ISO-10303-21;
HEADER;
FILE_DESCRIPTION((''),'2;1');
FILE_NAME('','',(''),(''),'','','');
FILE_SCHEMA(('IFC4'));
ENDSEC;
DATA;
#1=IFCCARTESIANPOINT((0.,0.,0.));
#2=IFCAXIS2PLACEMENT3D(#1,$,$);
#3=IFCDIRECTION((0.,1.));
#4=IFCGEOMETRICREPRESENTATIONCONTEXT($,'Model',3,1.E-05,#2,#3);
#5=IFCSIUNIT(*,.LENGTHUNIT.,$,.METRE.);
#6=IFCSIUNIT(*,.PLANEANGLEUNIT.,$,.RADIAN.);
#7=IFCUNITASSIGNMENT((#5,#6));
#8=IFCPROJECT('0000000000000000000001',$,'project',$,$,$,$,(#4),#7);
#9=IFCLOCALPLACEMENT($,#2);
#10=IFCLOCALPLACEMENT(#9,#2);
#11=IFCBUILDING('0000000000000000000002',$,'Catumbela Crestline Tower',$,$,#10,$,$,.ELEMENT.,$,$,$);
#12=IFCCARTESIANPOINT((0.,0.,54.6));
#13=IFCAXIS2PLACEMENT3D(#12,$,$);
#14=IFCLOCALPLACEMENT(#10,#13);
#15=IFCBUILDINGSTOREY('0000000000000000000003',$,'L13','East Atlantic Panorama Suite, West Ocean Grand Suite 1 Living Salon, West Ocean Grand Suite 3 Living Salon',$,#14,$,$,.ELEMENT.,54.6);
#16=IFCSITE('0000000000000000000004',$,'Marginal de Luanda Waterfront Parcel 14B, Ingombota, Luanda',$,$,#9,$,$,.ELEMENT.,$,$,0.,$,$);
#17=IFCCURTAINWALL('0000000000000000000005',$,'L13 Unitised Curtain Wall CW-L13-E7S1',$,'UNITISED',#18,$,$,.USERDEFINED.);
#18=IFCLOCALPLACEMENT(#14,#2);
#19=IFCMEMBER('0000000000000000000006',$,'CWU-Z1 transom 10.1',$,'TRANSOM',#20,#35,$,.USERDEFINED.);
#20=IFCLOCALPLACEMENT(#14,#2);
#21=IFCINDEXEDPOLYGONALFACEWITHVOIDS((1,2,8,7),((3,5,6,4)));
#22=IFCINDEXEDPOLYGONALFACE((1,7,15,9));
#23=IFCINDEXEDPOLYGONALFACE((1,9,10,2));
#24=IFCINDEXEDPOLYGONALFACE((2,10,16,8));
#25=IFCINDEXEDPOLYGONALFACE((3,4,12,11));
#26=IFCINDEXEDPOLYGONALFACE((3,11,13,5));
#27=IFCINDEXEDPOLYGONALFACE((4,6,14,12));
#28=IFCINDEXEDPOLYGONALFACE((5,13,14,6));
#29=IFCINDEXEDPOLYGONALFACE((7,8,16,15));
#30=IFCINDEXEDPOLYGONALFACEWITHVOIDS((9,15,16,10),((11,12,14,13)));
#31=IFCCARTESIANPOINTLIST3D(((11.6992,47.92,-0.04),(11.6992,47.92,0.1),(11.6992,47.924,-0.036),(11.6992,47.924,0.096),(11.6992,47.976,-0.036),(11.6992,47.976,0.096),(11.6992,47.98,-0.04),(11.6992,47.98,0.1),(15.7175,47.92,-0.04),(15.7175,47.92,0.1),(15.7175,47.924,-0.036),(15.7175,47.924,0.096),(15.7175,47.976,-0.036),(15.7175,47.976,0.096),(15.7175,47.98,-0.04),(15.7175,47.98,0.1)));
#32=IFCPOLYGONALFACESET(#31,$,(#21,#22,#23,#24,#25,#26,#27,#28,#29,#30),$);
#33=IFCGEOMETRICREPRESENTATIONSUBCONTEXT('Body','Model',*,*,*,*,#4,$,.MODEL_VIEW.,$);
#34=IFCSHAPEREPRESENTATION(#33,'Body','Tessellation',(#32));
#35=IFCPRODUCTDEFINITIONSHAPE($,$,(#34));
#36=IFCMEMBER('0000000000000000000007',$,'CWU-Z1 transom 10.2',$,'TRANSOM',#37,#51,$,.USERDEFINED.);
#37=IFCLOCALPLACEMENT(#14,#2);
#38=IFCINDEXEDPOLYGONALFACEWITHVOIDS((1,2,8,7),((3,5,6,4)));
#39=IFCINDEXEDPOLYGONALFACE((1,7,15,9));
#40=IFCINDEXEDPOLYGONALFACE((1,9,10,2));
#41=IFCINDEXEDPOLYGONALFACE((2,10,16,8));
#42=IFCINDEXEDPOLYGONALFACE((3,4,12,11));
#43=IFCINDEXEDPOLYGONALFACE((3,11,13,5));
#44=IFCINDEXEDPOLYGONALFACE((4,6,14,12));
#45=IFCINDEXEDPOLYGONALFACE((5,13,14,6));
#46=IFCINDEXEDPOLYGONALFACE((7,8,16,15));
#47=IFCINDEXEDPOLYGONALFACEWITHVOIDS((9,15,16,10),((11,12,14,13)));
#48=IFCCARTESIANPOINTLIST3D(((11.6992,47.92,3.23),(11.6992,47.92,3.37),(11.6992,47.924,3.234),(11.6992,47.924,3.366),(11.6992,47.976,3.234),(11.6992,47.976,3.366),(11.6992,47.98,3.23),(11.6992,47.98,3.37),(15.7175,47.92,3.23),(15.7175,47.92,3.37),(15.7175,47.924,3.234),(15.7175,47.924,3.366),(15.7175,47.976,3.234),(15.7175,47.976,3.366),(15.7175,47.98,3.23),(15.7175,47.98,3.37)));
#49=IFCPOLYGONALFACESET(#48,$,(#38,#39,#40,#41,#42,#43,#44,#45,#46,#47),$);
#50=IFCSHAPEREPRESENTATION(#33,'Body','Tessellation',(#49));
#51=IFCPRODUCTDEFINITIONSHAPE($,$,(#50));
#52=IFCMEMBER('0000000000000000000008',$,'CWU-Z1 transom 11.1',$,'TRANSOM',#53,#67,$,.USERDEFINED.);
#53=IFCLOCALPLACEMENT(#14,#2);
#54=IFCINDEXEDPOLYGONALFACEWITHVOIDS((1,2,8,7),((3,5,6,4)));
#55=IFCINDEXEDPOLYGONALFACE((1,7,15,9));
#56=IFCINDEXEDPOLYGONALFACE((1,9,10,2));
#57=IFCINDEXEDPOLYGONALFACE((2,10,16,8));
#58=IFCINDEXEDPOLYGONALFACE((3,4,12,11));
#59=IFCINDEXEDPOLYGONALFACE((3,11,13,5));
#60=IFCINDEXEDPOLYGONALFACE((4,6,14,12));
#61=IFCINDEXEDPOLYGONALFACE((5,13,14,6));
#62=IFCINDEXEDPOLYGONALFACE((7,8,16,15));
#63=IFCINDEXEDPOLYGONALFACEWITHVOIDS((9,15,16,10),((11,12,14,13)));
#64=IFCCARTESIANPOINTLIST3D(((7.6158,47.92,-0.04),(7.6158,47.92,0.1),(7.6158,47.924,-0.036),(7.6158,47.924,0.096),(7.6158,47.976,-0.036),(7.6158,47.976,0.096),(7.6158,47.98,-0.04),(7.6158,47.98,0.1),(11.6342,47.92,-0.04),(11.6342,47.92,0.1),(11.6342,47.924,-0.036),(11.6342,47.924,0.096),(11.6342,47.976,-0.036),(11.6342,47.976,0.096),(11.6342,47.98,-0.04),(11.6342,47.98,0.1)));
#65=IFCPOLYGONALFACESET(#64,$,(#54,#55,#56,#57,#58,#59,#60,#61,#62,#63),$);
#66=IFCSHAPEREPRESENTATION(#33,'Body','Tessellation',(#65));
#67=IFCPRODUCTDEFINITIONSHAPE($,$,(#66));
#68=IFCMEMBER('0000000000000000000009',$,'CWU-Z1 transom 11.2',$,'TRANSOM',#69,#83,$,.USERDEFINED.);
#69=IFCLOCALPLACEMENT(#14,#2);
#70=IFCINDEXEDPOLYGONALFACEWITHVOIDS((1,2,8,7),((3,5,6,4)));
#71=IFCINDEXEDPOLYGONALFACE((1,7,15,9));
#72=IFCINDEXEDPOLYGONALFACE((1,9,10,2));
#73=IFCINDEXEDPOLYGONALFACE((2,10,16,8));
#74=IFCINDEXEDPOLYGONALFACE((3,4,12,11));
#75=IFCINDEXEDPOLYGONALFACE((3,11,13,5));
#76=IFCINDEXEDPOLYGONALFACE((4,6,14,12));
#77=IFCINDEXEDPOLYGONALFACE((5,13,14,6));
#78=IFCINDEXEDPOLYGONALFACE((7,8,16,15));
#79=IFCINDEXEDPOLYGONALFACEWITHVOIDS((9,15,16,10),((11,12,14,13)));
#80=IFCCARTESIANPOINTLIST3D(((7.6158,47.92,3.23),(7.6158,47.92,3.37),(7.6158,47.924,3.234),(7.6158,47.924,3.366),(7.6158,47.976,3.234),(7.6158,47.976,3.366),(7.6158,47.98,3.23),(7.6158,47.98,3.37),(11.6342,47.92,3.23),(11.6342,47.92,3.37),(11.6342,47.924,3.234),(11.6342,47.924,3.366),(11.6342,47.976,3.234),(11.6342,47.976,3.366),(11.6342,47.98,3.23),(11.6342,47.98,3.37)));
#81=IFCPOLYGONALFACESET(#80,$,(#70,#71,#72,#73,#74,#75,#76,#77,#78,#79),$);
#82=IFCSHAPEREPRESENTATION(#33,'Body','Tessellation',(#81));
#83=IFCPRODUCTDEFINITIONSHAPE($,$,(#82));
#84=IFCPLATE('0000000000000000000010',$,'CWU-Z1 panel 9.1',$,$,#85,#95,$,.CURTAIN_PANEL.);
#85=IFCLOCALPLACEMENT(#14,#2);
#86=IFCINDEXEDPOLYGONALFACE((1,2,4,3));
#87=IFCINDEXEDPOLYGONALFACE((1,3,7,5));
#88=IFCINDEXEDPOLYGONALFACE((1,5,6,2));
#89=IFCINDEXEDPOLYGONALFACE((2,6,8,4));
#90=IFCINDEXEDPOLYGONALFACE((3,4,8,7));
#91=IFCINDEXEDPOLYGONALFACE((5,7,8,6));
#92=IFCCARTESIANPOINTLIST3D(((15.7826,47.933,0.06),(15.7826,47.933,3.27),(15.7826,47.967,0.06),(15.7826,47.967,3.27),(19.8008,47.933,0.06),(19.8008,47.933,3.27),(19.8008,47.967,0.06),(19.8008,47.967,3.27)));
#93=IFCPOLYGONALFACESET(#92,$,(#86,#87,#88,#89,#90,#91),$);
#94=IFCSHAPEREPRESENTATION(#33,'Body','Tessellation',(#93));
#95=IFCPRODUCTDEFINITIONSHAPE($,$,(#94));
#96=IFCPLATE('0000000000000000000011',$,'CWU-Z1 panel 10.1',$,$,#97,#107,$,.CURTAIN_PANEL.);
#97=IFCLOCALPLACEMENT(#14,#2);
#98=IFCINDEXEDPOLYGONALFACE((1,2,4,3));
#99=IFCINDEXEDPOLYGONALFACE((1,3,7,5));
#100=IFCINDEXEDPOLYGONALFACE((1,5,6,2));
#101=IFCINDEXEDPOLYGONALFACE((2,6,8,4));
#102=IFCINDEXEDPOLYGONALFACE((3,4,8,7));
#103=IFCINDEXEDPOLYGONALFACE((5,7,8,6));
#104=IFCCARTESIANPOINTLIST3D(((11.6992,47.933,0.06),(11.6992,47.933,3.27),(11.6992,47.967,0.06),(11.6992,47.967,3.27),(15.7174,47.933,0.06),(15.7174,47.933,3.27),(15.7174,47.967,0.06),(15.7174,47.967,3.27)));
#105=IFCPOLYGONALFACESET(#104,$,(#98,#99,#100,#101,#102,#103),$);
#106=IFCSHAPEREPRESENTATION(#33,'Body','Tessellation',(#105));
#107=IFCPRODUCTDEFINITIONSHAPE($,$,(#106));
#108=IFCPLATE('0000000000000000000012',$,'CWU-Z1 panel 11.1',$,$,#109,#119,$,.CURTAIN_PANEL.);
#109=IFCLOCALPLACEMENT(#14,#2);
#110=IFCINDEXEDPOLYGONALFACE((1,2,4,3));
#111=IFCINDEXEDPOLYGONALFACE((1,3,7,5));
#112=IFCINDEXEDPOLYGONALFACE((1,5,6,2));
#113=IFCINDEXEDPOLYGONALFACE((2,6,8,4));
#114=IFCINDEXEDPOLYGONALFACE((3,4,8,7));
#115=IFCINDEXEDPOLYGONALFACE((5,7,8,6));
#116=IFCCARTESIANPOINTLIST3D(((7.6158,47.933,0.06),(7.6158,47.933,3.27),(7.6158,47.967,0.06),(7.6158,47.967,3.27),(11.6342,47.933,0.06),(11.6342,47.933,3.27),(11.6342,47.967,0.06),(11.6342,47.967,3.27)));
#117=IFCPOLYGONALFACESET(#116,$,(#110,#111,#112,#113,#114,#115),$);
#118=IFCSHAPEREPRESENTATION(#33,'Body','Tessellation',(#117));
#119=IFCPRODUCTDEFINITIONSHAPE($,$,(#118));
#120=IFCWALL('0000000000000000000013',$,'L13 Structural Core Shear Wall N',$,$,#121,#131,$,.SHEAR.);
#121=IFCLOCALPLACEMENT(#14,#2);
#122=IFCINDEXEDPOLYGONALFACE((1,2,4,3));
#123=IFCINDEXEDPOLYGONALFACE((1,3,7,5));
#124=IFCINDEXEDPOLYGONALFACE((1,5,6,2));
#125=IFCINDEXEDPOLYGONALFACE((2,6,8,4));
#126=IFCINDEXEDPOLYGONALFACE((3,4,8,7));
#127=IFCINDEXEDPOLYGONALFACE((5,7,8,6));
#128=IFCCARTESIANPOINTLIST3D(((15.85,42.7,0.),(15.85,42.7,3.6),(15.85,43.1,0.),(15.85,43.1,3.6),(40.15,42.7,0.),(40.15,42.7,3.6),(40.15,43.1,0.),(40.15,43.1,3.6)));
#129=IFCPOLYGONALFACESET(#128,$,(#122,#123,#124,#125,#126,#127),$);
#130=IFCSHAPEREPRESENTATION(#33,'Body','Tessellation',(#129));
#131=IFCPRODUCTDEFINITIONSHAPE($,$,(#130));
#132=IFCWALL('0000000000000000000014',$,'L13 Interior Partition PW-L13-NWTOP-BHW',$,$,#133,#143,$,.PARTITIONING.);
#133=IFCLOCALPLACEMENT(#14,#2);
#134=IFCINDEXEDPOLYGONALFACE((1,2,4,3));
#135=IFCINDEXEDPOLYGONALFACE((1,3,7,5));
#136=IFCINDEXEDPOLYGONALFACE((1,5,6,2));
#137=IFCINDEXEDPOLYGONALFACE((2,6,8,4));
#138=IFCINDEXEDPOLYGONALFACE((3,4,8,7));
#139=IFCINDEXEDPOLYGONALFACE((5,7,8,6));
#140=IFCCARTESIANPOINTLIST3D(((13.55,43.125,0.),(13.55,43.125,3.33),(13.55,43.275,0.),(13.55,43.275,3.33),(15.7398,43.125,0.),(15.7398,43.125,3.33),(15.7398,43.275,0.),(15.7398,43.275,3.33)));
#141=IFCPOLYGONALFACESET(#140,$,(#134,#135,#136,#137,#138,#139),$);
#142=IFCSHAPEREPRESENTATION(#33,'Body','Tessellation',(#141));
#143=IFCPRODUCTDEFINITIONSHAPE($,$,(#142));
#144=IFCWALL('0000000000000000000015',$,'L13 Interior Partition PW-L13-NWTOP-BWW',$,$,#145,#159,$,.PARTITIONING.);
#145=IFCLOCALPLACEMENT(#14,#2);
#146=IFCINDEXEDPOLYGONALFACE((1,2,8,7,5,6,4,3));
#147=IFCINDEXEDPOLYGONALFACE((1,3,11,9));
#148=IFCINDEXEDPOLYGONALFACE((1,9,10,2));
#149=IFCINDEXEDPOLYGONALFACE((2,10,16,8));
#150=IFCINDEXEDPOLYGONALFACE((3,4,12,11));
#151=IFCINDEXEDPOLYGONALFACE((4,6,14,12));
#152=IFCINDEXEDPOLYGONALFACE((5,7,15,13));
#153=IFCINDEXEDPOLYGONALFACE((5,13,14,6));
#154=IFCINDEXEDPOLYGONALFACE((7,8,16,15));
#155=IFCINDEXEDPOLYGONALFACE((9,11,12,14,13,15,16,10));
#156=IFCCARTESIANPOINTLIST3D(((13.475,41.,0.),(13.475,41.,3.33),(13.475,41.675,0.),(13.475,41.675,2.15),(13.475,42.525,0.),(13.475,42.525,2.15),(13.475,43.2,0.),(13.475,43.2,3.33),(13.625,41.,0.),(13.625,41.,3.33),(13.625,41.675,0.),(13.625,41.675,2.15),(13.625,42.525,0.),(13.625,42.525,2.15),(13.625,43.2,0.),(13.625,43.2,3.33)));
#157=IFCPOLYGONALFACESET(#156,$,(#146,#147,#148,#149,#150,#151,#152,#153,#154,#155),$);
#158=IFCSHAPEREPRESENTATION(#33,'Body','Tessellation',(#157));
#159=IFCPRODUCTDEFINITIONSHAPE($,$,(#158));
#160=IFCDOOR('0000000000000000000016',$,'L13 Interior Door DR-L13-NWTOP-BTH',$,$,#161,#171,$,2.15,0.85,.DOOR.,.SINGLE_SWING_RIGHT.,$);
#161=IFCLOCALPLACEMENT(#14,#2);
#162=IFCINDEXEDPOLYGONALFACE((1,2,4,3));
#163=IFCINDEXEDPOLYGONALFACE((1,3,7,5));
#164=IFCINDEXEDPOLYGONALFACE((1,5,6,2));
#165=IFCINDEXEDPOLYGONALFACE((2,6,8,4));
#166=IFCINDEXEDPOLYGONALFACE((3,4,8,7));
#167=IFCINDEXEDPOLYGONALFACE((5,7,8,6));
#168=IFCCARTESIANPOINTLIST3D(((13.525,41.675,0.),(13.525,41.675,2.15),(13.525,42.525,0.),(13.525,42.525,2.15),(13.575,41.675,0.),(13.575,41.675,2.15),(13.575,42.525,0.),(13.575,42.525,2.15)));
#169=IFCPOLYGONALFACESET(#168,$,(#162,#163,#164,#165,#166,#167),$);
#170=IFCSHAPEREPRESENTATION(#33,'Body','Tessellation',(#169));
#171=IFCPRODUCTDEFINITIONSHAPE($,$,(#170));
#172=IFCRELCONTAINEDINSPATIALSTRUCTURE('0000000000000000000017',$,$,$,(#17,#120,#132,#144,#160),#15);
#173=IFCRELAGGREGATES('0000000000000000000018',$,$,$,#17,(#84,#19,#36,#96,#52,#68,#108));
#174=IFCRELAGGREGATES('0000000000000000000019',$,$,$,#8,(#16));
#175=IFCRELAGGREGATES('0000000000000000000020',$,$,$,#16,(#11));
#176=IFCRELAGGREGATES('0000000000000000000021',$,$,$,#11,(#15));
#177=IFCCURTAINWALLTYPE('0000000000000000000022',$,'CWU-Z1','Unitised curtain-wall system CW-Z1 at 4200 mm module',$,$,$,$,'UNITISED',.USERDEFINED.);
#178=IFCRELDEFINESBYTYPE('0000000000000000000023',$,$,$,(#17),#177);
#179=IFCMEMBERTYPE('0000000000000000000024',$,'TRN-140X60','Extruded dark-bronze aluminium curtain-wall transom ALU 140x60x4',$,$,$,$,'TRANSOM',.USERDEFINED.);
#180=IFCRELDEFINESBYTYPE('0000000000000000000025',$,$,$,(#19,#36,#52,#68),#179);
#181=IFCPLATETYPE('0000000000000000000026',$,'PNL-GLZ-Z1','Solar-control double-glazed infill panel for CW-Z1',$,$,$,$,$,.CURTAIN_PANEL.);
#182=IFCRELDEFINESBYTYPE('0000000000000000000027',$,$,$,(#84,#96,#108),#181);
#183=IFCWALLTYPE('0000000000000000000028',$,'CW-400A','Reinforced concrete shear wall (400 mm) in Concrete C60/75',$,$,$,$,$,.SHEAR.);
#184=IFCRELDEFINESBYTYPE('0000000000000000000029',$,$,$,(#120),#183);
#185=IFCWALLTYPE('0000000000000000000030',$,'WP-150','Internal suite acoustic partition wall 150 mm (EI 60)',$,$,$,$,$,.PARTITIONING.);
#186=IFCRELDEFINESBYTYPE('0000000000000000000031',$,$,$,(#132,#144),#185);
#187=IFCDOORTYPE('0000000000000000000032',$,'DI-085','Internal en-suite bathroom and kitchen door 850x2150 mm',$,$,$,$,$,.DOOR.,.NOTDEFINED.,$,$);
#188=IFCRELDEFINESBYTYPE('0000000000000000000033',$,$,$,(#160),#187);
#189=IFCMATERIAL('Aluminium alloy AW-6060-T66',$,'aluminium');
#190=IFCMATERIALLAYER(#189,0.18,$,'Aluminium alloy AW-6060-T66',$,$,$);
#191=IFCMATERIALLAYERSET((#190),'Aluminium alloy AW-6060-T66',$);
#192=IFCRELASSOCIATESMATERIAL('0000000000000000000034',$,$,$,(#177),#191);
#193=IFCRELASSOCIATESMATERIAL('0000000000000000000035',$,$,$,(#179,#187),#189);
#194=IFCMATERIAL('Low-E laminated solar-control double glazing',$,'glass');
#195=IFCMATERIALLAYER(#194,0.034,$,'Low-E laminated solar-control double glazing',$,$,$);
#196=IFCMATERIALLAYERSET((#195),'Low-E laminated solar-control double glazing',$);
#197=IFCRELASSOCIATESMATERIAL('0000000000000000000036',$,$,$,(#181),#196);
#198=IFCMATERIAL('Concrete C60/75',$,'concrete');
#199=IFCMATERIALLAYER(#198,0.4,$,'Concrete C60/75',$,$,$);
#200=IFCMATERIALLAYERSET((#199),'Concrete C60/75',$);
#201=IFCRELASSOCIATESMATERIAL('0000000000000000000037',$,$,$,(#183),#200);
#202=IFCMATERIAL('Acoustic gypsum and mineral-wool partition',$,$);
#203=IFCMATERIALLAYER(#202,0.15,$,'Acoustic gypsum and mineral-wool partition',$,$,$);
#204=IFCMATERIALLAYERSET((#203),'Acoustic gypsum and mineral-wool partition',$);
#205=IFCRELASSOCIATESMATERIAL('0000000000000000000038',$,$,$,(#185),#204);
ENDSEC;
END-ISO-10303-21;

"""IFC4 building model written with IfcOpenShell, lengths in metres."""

from ifc_helpers import new_model, si_unit, direction, frame, frame_2d, origin, origin_2d, place, context, subcontext, project, spatial, rectangle, hollow_rectangle, extrude, material, layer, layer_set, material_profile, profile_set, type_object, element, fill, aggregate, save


model = new_model("IFC4")

# Units and contexts
model_context = context("Model", 3, precision=1e-05, world=origin(), true_north=direction((0.0, 1.0)))
body_context = subcontext(model_context, "Body", "Model", "MODEL_VIEW")
ifc_project = project(units=[si_unit("LENGTHUNIT", "METRE"), si_unit("PLANEANGLEUNIT", "RADIAN")], contexts=[model_context])

# Site, building, storey
site_placement = place(None, origin())
site = spatial("IfcSite", under=ifc_project, at=site_placement, Name="Marginal de Luanda Waterfront Parcel 14B, Ingombota, Luanda", CompositionType="ELEMENT", RefElevation=0.0)
building_placement = place(site_placement, origin())
building = spatial("IfcBuilding", under=site, at=building_placement, Name="Catumbela Crestline Tower", CompositionType="ELEMENT")
storey_placement = place(building_placement, frame((0.0, 0.0, 54.6)))
storey = spatial("IfcBuildingStorey", under=building, at=storey_placement, Name="L13", Description="East Atlantic Panorama Suite, West Ocean Grand Suite 1 Living Salon, West Ocean Grand Suite 3 Living Salon", CompositionType="ELEMENT", Elevation=54.6)

# Curtain wall
ifc_material_1 = material(Name="Aluminium alloy AW-6060-T66", Category="aluminium")
ifc_layer_1 = layer(ifc_material_1, 0.18, Name="Aluminium alloy AW-6060-T66")
ifc_layer_set_1 = layer_set([ifc_layer_1], Name="Aluminium alloy AW-6060-T66")
curtain_wall_type = type_object("IfcCurtainWallType", Name="CWU-Z1", Description="Unitised curtain-wall system CW-Z1 at 4200 mm module", ElementType="UNITISED", PredefinedType="USERDEFINED", material=ifc_layer_set_1)
curtain_wall_placement = place(storey_placement, origin())
curtain_wall = element("IfcCurtainWall", 1, at=curtain_wall_placement, inside=storey, type_object=curtain_wall_type, Name="L13 Unitised Curtain Wall CW-L13-E7S1", ObjectType="UNITISED", PredefinedType="USERDEFINED")

# Members
ifc_material_profile_1 = material_profile(ifc_material_1, hollow_rectangle(XDim=0.06, YDim=0.14, WallThickness=0.004, at=origin_2d()), Name="ALU 140x60x4")
ifc_profile_set_1 = profile_set([ifc_material_profile_1], Name="Aluminium alloy AW-6060-T66")
member_type_1 = type_object("IfcMemberType", Name="TRN-140X60", Description="Extruded dark-bronze aluminium curtain-wall transom ALU 140x60x4", ElementType="TRANSOM", PredefinedType="USERDEFINED", material=ifc_profile_set_1)
member_1_placement = place(storey_placement, frame((15.7175, 47.95, 0.03), z_axis=(-1.0, 0.0, 0.0), x_axis=(0.0, -1.0, 0.0)))
member_1 = element("IfcMember", 2, at=member_1_placement, type_object=member_type_1, Name="CWU-Z1 transom 10.1", ObjectType="TRANSOM", PredefinedType="USERDEFINED", context=body_context, shape_type="SweptSolid", body=[
    extrude(hollow_rectangle(XDim=0.06, YDim=0.14, WallThickness=0.004, at=origin_2d()), origin(), (0.0, 0.0, 1.0), 4.0183),
])
member_2_placement = place(storey_placement, frame((15.7175, 47.95, 3.3), z_axis=(-1.0, 0.0, 0.0), x_axis=(0.0, -1.0, 0.0)))
member_2 = element("IfcMember", 3, at=member_2_placement, type_object=member_type_1, Name="CWU-Z1 transom 10.2", ObjectType="TRANSOM", PredefinedType="USERDEFINED", context=body_context, shape_type="SweptSolid", body=[
    extrude(hollow_rectangle(XDim=0.06, YDim=0.14, WallThickness=0.004, at=origin_2d()), origin(), (0.0, 0.0, 1.0), 4.0183),
])
member_3_placement = place(storey_placement, frame((11.6342, 47.95, 0.03), z_axis=(-1.0, 0.0, 0.0), x_axis=(0.0, -1.0, 0.0)))
member_3 = element("IfcMember", 4, at=member_3_placement, type_object=member_type_1, Name="CWU-Z1 transom 11.1", ObjectType="TRANSOM", PredefinedType="USERDEFINED", context=body_context, shape_type="SweptSolid", body=[
    extrude(hollow_rectangle(XDim=0.06, YDim=0.14, WallThickness=0.004, at=origin_2d()), origin(), (0.0, 0.0, 1.0), 4.0184),
])
member_4_placement = place(storey_placement, frame((11.6342, 47.95, 3.3), z_axis=(-1.0, 0.0, 0.0), x_axis=(0.0, -1.0, 0.0)))
member_4 = element("IfcMember", 5, at=member_4_placement, type_object=member_type_1, Name="CWU-Z1 transom 11.2", ObjectType="TRANSOM", PredefinedType="USERDEFINED", context=body_context, shape_type="SweptSolid", body=[
    extrude(hollow_rectangle(XDim=0.06, YDim=0.14, WallThickness=0.004, at=origin_2d()), origin(), (0.0, 0.0, 1.0), 4.0184),
])

# Plates
ifc_material_2 = material(Name="Low-E laminated solar-control double glazing", Category="glass")
ifc_layer_2 = layer(ifc_material_2, 0.034, Name="Low-E laminated solar-control double glazing")
ifc_layer_set_2 = layer_set([ifc_layer_2], Name="Low-E laminated solar-control double glazing")
plate_type = type_object("IfcPlateType", Name="PNL-GLZ-Z1", Description="Solar-control double-glazed infill panel for CW-Z1", PredefinedType="CURTAIN_PANEL", material=ifc_layer_set_2)
plate_1_placement = place(storey_placement, frame((17.7917, 47.95, 0.06), z_axis=(0.0, 0.0, 1.0), x_axis=(-1.0, 0.0, 0.0)))
plate_1 = element("IfcPlate", 6, at=plate_1_placement, type_object=plate_type, Name="CWU-Z1 panel 9.1", PredefinedType="CURTAIN_PANEL", context=body_context, shape_type="SweptSolid", body=[
    extrude(rectangle(XDim=4.0183, YDim=0.034, at=origin_2d()), origin(), (0.0, 0.0, 1.0), 3.21),
])
plate_2_placement = place(storey_placement, frame((13.7083, 47.95, 0.06), z_axis=(0.0, 0.0, 1.0), x_axis=(-1.0, 0.0, 0.0)))
plate_2 = element("IfcPlate", 7, at=plate_2_placement, type_object=plate_type, Name="CWU-Z1 panel 10.1", PredefinedType="CURTAIN_PANEL", context=body_context, shape_type="SweptSolid", body=[
    extrude(rectangle(XDim=4.0183, YDim=0.034, at=origin_2d()), origin(), (0.0, 0.0, 1.0), 3.21),
])
plate_3_placement = place(storey_placement, frame((9.625, 47.95, 0.06), z_axis=(0.0, 0.0, 1.0), x_axis=(-1.0, 0.0, 0.0)))
plate_3 = element("IfcPlate", 8, at=plate_3_placement, type_object=plate_type, Name="CWU-Z1 panel 11.1", PredefinedType="CURTAIN_PANEL", context=body_context, shape_type="SweptSolid", body=[
    extrude(rectangle(XDim=4.0183, YDim=0.034, at=origin_2d()), origin(), (0.0, 0.0, 1.0), 3.21),
])
aggregate(curtain_wall, [plate_1, member_1, member_2, plate_2, member_3, member_4, plate_3])

# Walls
ifc_material_3 = material(Name="Concrete C60/75", Category="concrete")
ifc_layer_3 = layer(ifc_material_3, 0.4, Name="Concrete C60/75")
ifc_layer_set_3 = layer_set([ifc_layer_3], Name="Concrete C60/75")
wall_type_1 = type_object("IfcWallType", Name="CW-400A", Description="Reinforced concrete shear wall (400 mm) in Concrete C60/75", PredefinedType="SHEAR", material=ifc_layer_set_3)
wall_1_placement = place(storey_placement, frame((15.85, 42.9, 0.0), z_axis=(0.0, 0.0, 1.0), x_axis=(1.0, 0.0, 0.0)))
element("IfcWall", 9, at=wall_1_placement, inside=storey, type_object=wall_type_1, Name="L13 Structural Core Shear Wall N", PredefinedType="SHEAR", context=body_context, shape_type="SweptSolid", body=[
    extrude(rectangle(XDim=24.3, YDim=0.4, at=frame_2d((12.15, 0.0))), origin(), (0.0, 0.0, 1.0), 3.6),
])
ifc_material_4 = material(Name="Acoustic gypsum and mineral-wool partition")
ifc_layer_4 = layer(ifc_material_4, 0.15, Name="Acoustic gypsum and mineral-wool partition")
ifc_layer_set_4 = layer_set([ifc_layer_4], Name="Acoustic gypsum and mineral-wool partition")
wall_type_2 = type_object("IfcWallType", Name="WP-150", Description="Internal suite acoustic partition wall 150 mm (EI 60)", PredefinedType="PARTITIONING", material=ifc_layer_set_4)
wall_2_placement = place(storey_placement, frame((13.55, 43.2, 0.0), z_axis=(0.0, 0.0, 1.0), x_axis=(1.0, 0.0, 0.0)))
element("IfcWall", 10, at=wall_2_placement, inside=storey, type_object=wall_type_2, Name="L13 Interior Partition PW-L13-NWTOP-BHW", PredefinedType="PARTITIONING", context=body_context, shape_type="SweptSolid", body=[
    extrude(rectangle(XDim=2.1897, YDim=0.15, at=frame_2d((1.0949, 0.0))), origin(), (0.0, 0.0, 1.0), 3.33),
])

# Wall, opening, door
wall_3_placement = place(storey_placement, frame((13.55, 41.0, 0.0), z_axis=(0.0, 0.0, 1.0), x_axis=(0.0, 1.0, 0.0)))
wall_3 = element("IfcWall", 11, at=wall_3_placement, inside=storey, type_object=wall_type_2, Name="L13 Interior Partition PW-L13-NWTOP-BWW", PredefinedType="PARTITIONING", context=body_context, shape_type="SweptSolid", body=[
    extrude(rectangle(XDim=2.2, YDim=0.15, at=frame_2d((1.1, 0.0))), origin(), (0.0, 0.0, 1.0), 3.33),
])
opening_1_placement = place(wall_3_placement, frame((0.675, 0.0, 0.0)))
opening_1 = element("IfcOpeningElement", 12, at=opening_1_placement, cuts=wall_3, PredefinedType="OPENING", context=body_context, shape_type="SweptSolid", body=[
    extrude(rectangle(XDim=0.85, YDim=2.15, at=frame_2d((0.425, 1.075))), frame((0.0, 0.085, 0.0), z_axis=(0.0, -1.0, 0.0), x_axis=(1.0, 0.0, 0.0)), (0.0, 0.0, 1.0), 0.17),
])
door_type = type_object("IfcDoorType", Name="DI-085", Description="Internal en-suite bathroom and kitchen door 850x2150 mm", OperationType="NOTDEFINED", PredefinedType="DOOR", material=ifc_material_1)
door_1_placement = place(opening_1_placement, origin())
door_1 = element("IfcDoor", 13, at=door_1_placement, inside=storey, type_object=door_type, Name="L13 Interior Door DR-L13-NWTOP-BTH", OperationType="SINGLE_SWING_RIGHT", OverallHeight=2.15, OverallWidth=0.85, PredefinedType="DOOR", context=body_context, shape_type="SweptSolid", body=[
    extrude(rectangle(XDim=0.85, YDim=2.15, at=frame_2d((0.425, 1.075))), frame((0.0, 0.025, 0.0), z_axis=(0.0, -1.0, 0.0), x_axis=(1.0, 0.0, 0.0)), (0.0, 0.0, 1.0), 0.05),
])
fill(opening_1, door_1)

save(model, "model.ifc")
